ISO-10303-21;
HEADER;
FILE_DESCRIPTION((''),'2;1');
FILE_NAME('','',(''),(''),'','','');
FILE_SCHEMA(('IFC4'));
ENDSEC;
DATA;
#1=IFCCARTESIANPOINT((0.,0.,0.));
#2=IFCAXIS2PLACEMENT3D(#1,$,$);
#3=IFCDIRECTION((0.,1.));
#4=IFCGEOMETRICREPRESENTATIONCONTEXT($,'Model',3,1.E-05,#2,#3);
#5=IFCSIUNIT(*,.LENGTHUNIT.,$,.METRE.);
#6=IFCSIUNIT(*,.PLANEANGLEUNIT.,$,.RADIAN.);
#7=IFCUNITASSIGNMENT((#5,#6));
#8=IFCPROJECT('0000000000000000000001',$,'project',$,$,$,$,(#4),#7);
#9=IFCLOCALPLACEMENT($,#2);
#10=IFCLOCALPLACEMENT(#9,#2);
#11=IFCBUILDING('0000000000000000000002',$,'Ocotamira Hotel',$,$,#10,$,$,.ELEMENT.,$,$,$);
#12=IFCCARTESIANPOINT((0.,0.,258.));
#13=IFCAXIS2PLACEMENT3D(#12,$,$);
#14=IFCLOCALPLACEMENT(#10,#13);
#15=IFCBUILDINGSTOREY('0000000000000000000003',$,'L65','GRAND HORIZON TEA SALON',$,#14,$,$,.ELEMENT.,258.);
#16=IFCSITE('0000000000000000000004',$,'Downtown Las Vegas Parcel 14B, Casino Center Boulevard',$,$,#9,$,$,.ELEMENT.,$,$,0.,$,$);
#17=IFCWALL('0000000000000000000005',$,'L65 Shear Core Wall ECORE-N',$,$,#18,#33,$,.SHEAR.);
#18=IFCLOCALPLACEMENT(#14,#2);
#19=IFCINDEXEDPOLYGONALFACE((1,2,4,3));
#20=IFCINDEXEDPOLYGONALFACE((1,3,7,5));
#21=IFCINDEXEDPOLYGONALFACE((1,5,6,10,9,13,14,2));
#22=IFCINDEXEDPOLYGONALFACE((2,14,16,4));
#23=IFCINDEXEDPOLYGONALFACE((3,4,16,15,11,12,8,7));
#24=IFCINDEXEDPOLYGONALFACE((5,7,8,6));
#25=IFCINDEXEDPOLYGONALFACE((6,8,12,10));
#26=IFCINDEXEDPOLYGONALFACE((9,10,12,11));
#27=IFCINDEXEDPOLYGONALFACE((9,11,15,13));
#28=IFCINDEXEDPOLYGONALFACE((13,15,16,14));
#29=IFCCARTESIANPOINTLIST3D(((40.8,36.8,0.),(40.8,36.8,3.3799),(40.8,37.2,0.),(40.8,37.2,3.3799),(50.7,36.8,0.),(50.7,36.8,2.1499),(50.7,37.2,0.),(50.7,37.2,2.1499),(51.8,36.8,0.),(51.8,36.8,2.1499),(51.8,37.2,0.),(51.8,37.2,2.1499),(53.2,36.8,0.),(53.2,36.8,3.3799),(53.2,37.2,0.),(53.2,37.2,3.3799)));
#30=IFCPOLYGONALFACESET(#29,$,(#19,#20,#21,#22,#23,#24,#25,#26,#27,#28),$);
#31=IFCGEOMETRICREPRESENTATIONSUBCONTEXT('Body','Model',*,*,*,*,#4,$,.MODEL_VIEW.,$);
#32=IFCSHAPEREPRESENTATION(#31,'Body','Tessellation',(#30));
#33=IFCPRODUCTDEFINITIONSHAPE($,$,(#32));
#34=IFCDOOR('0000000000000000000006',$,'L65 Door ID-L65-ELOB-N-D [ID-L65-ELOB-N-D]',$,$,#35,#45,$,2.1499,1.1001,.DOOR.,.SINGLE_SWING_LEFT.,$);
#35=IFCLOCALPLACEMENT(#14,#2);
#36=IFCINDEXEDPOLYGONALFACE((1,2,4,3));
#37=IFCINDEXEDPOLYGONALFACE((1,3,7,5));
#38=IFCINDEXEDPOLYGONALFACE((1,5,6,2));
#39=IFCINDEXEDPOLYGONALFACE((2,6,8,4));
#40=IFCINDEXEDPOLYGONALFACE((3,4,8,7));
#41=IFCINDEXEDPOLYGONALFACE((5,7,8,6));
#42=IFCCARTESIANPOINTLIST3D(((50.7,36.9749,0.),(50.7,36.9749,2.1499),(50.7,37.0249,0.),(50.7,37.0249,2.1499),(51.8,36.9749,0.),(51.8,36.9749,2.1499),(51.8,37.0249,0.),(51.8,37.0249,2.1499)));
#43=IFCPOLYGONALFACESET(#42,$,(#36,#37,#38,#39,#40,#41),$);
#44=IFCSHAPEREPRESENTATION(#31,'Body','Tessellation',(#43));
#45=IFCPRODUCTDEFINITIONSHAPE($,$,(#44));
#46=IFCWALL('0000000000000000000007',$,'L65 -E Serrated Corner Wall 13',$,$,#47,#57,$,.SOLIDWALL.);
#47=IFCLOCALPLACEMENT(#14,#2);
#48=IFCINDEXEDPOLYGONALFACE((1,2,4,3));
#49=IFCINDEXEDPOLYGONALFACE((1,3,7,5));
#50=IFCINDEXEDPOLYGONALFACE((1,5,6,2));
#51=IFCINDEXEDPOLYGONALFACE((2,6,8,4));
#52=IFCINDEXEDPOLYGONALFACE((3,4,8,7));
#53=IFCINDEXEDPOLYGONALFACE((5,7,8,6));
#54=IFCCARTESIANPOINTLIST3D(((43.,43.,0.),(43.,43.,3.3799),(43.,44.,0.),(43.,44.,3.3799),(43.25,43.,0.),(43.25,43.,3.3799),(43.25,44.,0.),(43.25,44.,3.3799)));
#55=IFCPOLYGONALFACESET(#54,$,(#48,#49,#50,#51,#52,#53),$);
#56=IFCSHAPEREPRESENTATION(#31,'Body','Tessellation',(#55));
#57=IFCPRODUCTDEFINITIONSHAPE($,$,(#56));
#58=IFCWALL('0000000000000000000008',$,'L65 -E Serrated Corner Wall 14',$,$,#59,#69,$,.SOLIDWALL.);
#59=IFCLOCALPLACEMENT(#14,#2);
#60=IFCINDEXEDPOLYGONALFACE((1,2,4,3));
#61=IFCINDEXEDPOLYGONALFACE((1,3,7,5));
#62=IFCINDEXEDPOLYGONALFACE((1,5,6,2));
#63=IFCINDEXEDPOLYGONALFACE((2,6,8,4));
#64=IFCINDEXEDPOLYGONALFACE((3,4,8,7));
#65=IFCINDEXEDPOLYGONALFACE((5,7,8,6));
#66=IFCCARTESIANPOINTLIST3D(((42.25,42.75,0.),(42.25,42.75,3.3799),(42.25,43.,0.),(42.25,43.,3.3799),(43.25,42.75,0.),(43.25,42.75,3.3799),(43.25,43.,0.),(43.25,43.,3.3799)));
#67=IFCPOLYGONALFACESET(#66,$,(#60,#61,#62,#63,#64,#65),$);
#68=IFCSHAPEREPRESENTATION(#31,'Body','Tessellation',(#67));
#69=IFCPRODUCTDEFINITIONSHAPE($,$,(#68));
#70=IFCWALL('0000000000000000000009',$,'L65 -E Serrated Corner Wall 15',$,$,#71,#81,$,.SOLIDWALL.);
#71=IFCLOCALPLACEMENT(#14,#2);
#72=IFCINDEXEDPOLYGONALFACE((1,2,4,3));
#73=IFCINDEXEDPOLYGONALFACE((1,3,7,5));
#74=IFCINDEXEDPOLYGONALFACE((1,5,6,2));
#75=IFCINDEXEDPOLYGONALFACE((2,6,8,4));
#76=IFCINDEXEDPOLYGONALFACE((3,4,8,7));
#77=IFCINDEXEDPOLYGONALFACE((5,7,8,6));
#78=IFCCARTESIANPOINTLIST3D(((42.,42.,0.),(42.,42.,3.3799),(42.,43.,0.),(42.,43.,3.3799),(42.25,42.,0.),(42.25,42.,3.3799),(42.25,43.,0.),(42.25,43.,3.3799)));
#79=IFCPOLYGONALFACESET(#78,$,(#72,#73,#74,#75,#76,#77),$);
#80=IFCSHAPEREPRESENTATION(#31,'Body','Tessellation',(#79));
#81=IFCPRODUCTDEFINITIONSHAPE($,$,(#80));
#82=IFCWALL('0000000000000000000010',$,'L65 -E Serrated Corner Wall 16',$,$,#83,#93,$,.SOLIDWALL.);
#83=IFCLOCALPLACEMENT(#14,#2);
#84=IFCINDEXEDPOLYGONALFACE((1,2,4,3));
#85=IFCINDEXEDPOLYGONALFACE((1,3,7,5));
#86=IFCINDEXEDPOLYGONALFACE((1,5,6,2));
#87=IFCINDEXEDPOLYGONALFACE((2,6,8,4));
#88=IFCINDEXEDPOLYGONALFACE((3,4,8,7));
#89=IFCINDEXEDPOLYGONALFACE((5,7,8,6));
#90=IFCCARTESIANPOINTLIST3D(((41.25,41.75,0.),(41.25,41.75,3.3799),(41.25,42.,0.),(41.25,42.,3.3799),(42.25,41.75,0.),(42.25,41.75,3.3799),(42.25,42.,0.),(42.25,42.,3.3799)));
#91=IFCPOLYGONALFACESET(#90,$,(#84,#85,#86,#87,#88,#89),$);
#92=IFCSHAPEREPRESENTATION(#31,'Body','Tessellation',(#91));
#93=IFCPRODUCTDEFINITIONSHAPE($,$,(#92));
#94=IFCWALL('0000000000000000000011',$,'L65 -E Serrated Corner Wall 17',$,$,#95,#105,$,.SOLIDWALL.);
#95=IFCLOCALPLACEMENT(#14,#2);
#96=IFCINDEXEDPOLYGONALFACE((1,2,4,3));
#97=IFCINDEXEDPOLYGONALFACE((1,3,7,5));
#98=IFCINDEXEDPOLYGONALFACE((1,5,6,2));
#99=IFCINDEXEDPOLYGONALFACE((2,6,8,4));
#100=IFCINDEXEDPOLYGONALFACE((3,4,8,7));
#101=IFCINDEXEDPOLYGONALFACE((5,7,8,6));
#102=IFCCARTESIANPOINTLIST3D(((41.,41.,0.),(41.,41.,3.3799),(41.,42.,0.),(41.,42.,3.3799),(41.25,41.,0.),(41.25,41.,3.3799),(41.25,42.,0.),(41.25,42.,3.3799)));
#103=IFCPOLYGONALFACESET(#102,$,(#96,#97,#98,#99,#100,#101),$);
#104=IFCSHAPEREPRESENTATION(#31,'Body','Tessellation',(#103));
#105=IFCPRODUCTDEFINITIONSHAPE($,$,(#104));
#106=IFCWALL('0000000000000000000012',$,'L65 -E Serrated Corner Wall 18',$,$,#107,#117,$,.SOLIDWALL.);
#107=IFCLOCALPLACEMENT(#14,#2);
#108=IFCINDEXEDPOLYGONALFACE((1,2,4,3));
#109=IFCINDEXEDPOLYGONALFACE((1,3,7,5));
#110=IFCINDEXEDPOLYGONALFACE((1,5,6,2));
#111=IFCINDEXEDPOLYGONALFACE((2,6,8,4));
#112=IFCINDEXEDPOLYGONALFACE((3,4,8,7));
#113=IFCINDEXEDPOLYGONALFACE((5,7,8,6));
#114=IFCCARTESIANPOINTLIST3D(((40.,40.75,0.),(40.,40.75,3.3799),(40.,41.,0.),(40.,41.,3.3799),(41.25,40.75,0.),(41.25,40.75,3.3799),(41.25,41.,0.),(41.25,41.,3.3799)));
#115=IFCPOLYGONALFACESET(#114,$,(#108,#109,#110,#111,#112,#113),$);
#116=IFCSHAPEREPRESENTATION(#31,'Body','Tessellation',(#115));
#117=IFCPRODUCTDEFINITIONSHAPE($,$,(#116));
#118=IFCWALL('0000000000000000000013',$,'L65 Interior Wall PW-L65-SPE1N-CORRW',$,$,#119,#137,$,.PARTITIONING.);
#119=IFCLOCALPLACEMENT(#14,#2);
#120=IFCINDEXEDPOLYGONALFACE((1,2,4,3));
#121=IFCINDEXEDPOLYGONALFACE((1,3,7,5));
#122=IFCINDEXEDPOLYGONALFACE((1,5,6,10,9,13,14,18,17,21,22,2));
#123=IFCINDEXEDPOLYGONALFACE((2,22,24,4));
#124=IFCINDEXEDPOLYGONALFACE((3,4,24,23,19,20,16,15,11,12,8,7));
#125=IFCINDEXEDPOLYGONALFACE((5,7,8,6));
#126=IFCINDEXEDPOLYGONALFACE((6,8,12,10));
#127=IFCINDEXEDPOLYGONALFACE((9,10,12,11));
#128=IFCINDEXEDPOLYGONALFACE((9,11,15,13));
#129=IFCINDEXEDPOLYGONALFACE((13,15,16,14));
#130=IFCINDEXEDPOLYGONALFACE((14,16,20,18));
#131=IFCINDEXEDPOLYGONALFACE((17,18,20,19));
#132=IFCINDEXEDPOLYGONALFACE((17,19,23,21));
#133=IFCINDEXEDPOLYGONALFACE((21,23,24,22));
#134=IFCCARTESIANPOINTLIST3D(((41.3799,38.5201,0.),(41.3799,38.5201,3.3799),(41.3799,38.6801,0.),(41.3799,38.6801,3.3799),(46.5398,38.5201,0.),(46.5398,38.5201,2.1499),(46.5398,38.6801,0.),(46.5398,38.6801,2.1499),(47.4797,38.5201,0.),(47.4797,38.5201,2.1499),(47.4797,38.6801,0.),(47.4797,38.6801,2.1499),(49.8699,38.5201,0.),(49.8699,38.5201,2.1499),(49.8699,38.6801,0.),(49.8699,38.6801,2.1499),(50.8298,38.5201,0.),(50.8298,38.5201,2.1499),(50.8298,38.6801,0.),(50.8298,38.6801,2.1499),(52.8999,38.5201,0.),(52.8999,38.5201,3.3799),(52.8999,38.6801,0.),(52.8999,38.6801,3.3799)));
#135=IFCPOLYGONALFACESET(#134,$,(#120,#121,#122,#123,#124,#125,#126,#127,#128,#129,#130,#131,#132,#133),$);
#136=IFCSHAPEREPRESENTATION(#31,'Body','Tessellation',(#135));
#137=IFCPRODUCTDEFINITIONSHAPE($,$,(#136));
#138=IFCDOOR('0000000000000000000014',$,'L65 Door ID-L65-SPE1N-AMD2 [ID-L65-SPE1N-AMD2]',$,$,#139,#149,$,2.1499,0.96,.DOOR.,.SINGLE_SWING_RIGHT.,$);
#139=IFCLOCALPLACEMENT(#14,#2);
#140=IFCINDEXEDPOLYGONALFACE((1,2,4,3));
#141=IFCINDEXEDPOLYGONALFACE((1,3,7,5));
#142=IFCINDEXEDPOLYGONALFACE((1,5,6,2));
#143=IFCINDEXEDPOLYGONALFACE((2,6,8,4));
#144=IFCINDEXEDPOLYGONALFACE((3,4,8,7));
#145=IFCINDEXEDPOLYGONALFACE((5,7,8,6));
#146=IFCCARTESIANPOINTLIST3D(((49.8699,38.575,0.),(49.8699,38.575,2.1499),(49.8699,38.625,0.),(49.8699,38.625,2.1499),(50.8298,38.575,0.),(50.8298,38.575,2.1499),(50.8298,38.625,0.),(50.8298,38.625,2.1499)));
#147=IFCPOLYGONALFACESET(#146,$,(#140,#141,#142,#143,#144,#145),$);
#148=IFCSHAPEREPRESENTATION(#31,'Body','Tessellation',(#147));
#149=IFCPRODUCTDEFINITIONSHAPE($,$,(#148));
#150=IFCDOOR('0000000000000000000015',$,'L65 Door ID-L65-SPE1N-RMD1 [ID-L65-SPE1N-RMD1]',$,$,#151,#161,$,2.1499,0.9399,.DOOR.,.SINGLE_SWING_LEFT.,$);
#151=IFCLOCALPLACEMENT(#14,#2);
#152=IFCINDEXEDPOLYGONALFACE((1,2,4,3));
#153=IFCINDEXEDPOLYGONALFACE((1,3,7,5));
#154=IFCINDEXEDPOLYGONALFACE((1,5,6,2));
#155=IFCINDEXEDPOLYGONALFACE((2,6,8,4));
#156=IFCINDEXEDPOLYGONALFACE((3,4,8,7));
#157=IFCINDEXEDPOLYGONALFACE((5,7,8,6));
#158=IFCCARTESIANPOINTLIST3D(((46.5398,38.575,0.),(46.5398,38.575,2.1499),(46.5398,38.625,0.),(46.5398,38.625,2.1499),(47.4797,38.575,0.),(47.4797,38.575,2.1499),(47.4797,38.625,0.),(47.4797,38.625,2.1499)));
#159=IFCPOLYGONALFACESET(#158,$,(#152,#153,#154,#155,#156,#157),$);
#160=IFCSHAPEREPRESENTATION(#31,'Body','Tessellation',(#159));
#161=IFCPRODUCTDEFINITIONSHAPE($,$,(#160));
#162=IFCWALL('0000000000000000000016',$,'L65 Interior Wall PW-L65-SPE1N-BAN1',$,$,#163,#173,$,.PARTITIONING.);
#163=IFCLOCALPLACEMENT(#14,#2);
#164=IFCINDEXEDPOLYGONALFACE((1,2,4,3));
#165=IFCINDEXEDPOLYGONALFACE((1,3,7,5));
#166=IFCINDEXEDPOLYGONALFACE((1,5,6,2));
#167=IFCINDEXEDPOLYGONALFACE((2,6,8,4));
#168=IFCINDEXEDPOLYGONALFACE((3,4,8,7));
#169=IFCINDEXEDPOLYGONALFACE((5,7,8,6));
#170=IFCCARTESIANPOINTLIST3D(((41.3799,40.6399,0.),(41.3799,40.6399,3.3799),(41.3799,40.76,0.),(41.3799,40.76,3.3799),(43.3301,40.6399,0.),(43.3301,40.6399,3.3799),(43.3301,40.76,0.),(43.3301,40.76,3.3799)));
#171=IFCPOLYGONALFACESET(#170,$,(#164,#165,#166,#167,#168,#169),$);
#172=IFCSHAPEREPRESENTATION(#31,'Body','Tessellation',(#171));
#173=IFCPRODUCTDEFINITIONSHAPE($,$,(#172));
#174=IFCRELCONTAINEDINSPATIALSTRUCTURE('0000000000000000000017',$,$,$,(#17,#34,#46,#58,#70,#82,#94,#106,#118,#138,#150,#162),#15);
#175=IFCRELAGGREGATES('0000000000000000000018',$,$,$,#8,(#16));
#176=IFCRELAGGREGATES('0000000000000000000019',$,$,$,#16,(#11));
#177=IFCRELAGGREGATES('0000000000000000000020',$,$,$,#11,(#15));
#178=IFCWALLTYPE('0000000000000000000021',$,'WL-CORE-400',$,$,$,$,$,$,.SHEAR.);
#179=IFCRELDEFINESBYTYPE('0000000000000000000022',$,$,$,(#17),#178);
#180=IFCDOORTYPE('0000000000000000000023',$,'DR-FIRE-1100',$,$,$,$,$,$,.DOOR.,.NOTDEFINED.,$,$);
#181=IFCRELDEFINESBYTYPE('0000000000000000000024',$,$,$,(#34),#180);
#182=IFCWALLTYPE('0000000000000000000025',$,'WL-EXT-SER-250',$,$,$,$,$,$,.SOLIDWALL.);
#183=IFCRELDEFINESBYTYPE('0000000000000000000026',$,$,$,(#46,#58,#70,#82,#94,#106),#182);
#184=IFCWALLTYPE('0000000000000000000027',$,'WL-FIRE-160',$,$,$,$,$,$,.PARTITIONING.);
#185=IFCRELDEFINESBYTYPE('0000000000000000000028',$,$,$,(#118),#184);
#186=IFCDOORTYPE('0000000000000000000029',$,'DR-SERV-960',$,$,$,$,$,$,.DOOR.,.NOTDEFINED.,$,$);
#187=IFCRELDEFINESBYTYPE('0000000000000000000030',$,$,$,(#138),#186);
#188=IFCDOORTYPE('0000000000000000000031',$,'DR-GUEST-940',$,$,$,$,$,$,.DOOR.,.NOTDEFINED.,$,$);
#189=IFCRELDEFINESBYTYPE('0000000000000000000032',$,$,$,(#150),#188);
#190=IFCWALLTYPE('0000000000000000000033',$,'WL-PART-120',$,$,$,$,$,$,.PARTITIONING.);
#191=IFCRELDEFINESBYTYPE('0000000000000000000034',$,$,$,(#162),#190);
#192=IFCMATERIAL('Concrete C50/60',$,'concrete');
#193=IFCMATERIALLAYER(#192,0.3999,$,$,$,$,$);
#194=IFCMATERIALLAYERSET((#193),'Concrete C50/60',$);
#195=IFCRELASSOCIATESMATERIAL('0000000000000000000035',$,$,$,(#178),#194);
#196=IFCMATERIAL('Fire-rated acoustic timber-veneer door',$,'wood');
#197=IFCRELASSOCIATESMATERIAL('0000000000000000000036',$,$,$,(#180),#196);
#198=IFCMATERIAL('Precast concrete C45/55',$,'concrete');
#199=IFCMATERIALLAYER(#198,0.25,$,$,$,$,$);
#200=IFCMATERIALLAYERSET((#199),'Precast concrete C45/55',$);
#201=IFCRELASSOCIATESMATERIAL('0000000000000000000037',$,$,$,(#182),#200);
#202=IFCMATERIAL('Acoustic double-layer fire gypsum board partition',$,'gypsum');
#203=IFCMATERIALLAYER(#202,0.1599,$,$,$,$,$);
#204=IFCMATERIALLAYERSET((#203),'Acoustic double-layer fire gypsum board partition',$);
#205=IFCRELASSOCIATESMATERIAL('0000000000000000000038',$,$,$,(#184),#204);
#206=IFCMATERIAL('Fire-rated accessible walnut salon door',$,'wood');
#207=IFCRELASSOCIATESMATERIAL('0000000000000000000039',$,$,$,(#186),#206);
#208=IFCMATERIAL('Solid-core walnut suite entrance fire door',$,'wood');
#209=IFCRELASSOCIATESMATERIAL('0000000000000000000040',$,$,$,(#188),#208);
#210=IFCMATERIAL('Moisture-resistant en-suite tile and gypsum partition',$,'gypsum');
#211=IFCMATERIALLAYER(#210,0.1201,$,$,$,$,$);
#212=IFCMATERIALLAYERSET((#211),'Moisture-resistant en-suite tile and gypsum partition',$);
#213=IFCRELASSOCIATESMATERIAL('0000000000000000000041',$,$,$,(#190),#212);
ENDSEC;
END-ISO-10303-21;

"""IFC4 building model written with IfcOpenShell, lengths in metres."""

from ifc_helpers import new_model, si_unit, direction, frame, frame_2d, origin, place, context, subcontext, project, spatial, rectangle, extrude, source, transform, mapped, material, layer, layer_set, type_object, element, fill, save


model = new_model("IFC4")

# Units and contexts
model_context = context("Model", 3, precision=1e-05, world=origin(), true_north=direction((0.0, 1.0)))
body_context = subcontext(model_context, "Body", "Model", "MODEL_VIEW")
ifc_project = project(units=[si_unit("LENGTHUNIT", "METRE"), si_unit("PLANEANGLEUNIT", "RADIAN")], contexts=[model_context])

# Site, building, storey
site_placement = place(None, origin())
site = spatial("IfcSite", under=ifc_project, at=site_placement, Name="Downtown Las Vegas Parcel 14B, Casino Center Boulevard", CompositionType="ELEMENT", RefElevation=0.0)
building_placement = place(site_placement, origin())
building = spatial("IfcBuilding", under=site, at=building_placement, Name="Ocotamira Hotel", CompositionType="ELEMENT")
storey_placement = place(building_placement, frame((0.0, 0.0, 258.0)))
storey = spatial("IfcBuildingStorey", under=building, at=storey_placement, Name="L65", Description="GRAND HORIZON TEA SALON", CompositionType="ELEMENT", Elevation=258.0)

# Shared definitions
ifc_material_1 = material(Name="Concrete C50/60", Category="concrete")

# Wall, opening, door
ifc_layer_1 = layer(ifc_material_1, 0.3999)
ifc_layer_set_1 = layer_set([ifc_layer_1], Name="Concrete C50/60")
wall_type_1 = type_object("IfcWallType", Name="WL-CORE-400", PredefinedType="SHEAR", material=ifc_layer_set_1)
wall_1_placement = place(storey_placement, frame((40.8, 37.0, 0.0), z_axis=(0.0, 0.0, 1.0), x_axis=(1.0, 0.0, 0.0)))
wall_1 = element("IfcWall", 1, at=wall_1_placement, inside=storey, type_object=wall_type_1, Name="L65 Shear Core Wall ECORE-N", PredefinedType="SHEAR", context=body_context, shape_type="SweptSolid", body=[
    extrude(rectangle(XDim=12.3999, YDim=0.3999, at=frame_2d((6.2, 0.0))), origin(), (0.0, 0.0, 1.0), 3.3799),
])
opening_1_placement = place(wall_1_placement, frame((9.8999, 0.0, 0.0)))
opening_1 = element("IfcOpeningElement", 2, at=opening_1_placement, cuts=wall_1, PredefinedType="OPENING", context=body_context, shape_type="SweptSolid", body=[
    extrude(rectangle(XDim=1.1001, YDim=2.1499, at=frame_2d((0.55, 1.075))), frame((0.0, 0.21, 0.0), z_axis=(0.0, -1.0, 0.0), x_axis=(1.0, 0.0, 0.0)), (0.0, 0.0, 1.0), 0.4199),
])
ifc_material_2 = material(Name="Fire-rated acoustic timber-veneer door", Category="wood")
door_type_1 = type_object("IfcDoorType", Name="DR-FIRE-1100", OperationType="NOTDEFINED", PredefinedType="DOOR", material=ifc_material_2)
shared_shape_1 = source(origin(), body_context, "Body", "SweptSolid", [
    extrude(rectangle(XDim=1.1001, YDim=2.1499, at=frame_2d((0.55, 1.075))), frame((0.0, 0.0249, 0.0), z_axis=(0.0, -1.0, 0.0), x_axis=(1.0, 0.0, 0.0)), (0.0, 0.0, 1.0), 0.05),
])
door_1_placement = place(opening_1_placement, origin())
door_1 = element("IfcDoor", 3, at=door_1_placement, inside=storey, type_object=door_type_1, Name="L65 Door ID-L65-ELOB-N-D [ID-L65-ELOB-N-D]", OperationType="SINGLE_SWING_LEFT", OverallHeight=2.1499, OverallWidth=1.1001, PredefinedType="DOOR", context=body_context, shape_type="MappedRepresentation", body=[
    mapped(shared_shape_1, transform((0.0, 0.0, 0.0), scale=1.0)),
])
fill(opening_1, door_1)

# Walls
ifc_material_3 = material(Name="Precast concrete C45/55", Category="concrete")
ifc_layer_2 = layer(ifc_material_3, 0.25)
ifc_layer_set_2 = layer_set([ifc_layer_2], Name="Precast concrete C45/55")
wall_type_2 = type_object("IfcWallType", Name="WL-EXT-SER-250", PredefinedType="SOLIDWALL", material=ifc_layer_set_2)
for number, where, z_axis, x_axis, name in (
    (4, (43.125, 44.0, 0.0), (0.0, 0.0, 1.0), (0.0, -1.0, 0.0), "L65 -E Serrated Corner Wall 13"),
    (5, (43.25, 42.875, 0.0), (0.0, 0.0, 1.0), (-1.0, 0.0, 0.0), "L65 -E Serrated Corner Wall 14"),
    (6, (42.125, 43.0, 0.0), (0.0, 0.0, 1.0), (0.0, -1.0, 0.0), "L65 -E Serrated Corner Wall 15"),
    (7, (42.25, 41.875, 0.0), (0.0, 0.0, 1.0), (-1.0, 0.0, 0.0), "L65 -E Serrated Corner Wall 16"),
    (8, (41.125, 42.0, 0.0), (0.0, 0.0, 1.0), (0.0, -1.0, 0.0), "L65 -E Serrated Corner Wall 17"),
):
    element("IfcWall", number, at=place(storey_placement, frame(where, z_axis=z_axis, x_axis=x_axis)), inside=storey, type_object=wall_type_2, Name=name, PredefinedType="SOLIDWALL", context=body_context, shape_type="SweptSolid", body=[
        extrude(rectangle(XDim=1.0, YDim=0.25, at=frame_2d((0.5, 0.0))), origin(), (0.0, 0.0, 1.0), 3.3799),
    ])
wall_2_placement = place(storey_placement, frame((41.25, 40.875, 0.0), z_axis=(0.0, 0.0, 1.0), x_axis=(-1.0, 0.0, 0.0)))
element("IfcWall", 9, at=wall_2_placement, inside=storey, type_object=wall_type_2, Name="L65 -E Serrated Corner Wall 18", PredefinedType="SOLIDWALL", context=body_context, shape_type="SweptSolid", body=[
    extrude(rectangle(XDim=1.25, YDim=0.25, at=frame_2d((0.625, 0.0))), origin(), (0.0, 0.0, 1.0), 3.3799),
])

# Wall, openings, doors
ifc_material_4 = material(Name="Acoustic double-layer fire gypsum board partition", Category="gypsum")
ifc_layer_3 = layer(ifc_material_4, 0.1599)
ifc_layer_set_3 = layer_set([ifc_layer_3], Name="Acoustic double-layer fire gypsum board partition")
wall_type_3 = type_object("IfcWallType", Name="WL-FIRE-160", PredefinedType="PARTITIONING", material=ifc_layer_set_3)
wall_3_placement = place(storey_placement, frame((41.3799, 38.6001, 0.0), z_axis=(0.0, 0.0, 1.0), x_axis=(1.0, 0.0, 0.0)))
wall_3 = element("IfcWall", 10, at=wall_3_placement, inside=storey, type_object=wall_type_3, Name="L65 Interior Wall PW-L65-SPE1N-CORRW", PredefinedType="PARTITIONING", context=body_context, shape_type="SweptSolid", body=[
    extrude(rectangle(XDim=11.52, YDim=0.1599, at=frame_2d((5.76, 0.0))), origin(), (0.0, 0.0, 1.0), 3.3799),
])
opening_2_placement = place(wall_3_placement, frame((5.1599, 0.0, 0.0)))
opening_2 = element("IfcOpeningElement", 11, at=opening_2_placement, cuts=wall_3, PredefinedType="OPENING", context=body_context, shape_type="SweptSolid", body=[
    extrude(rectangle(XDim=0.9399, YDim=2.1499, at=frame_2d((0.47, 1.075))), frame((0.0, 0.0898, 0.0), z_axis=(0.0, -1.0, 0.0), x_axis=(1.0, 0.0, 0.0)), (0.0, 0.0, 1.0), 0.1799),
])
opening_3_placement = place(wall_3_placement, frame((8.49, 0.0, 0.0)))
opening_3 = element("IfcOpeningElement", 12, at=opening_3_placement, cuts=wall_3, PredefinedType="OPENING", context=body_context, shape_type="SweptSolid", body=[
    extrude(rectangle(XDim=0.96, YDim=2.1499, at=frame_2d((0.48, 1.075))), frame((0.0, 0.0898, 0.0), z_axis=(0.0, -1.0, 0.0), x_axis=(1.0, 0.0, 0.0)), (0.0, 0.0, 1.0), 0.1799),
])
ifc_material_5 = material(Name="Fire-rated accessible walnut salon door", Category="wood")
door_type_2 = type_object("IfcDoorType", Name="DR-SERV-960", OperationType="NOTDEFINED", PredefinedType="DOOR", material=ifc_material_5)
shared_shape_2 = source(origin(), body_context, "Body", "SweptSolid", [
    extrude(rectangle(XDim=0.96, YDim=2.1499, at=frame_2d((0.48, 1.075))), frame((0.0, 0.0249, 0.0), z_axis=(0.0, -1.0, 0.0), x_axis=(1.0, 0.0, 0.0)), (0.0, 0.0, 1.0), 0.05),
])
door_2_placement = place(opening_3_placement, origin())
door_2 = element("IfcDoor", 13, at=door_2_placement, inside=storey, type_object=door_type_2, Name="L65 Door ID-L65-SPE1N-AMD2 [ID-L65-SPE1N-AMD2]", OperationType="SINGLE_SWING_RIGHT", OverallHeight=2.1499, OverallWidth=0.96, PredefinedType="DOOR", context=body_context, shape_type="MappedRepresentation", body=[
    mapped(shared_shape_2, transform((0.0, 0.0, 0.0), scale=1.0)),
])
fill(opening_3, door_2)
ifc_material_6 = material(Name="Solid-core walnut suite entrance fire door", Category="wood")
door_type_3 = type_object("IfcDoorType", Name="DR-GUEST-940", OperationType="NOTDEFINED", PredefinedType="DOOR", material=ifc_material_6)
shared_shape_3 = source(origin(), body_context, "Body", "SweptSolid", [
    extrude(rectangle(XDim=0.9399, YDim=2.1499, at=frame_2d((0.47, 1.075))), frame((0.0, 0.0249, 0.0), z_axis=(0.0, -1.0, 0.0), x_axis=(1.0, 0.0, 0.0)), (0.0, 0.0, 1.0), 0.05),
])
door_3_placement = place(opening_2_placement, origin())
door_3 = element("IfcDoor", 14, at=door_3_placement, inside=storey, type_object=door_type_3, Name="L65 Door ID-L65-SPE1N-RMD1 [ID-L65-SPE1N-RMD1]", OperationType="SINGLE_SWING_LEFT", OverallHeight=2.1499, OverallWidth=0.9399, PredefinedType="DOOR", context=body_context, shape_type="MappedRepresentation", body=[
    mapped(shared_shape_3, transform((0.0, 0.0, 0.0), scale=1.0)),
])
fill(opening_2, door_3)

# Wall
ifc_material_7 = material(Name="Moisture-resistant en-suite tile and gypsum partition", Category="gypsum")
ifc_layer_4 = layer(ifc_material_7, 0.1201)
ifc_layer_set_4 = layer_set([ifc_layer_4], Name="Moisture-resistant en-suite tile and gypsum partition")
wall_type_4 = type_object("IfcWallType", Name="WL-PART-120", PredefinedType="PARTITIONING", material=ifc_layer_set_4)
wall_4_placement = place(storey_placement, frame((41.3799, 40.7, 0.0), z_axis=(0.0, 0.0, 1.0), x_axis=(1.0, 0.0, 0.0)))
element("IfcWall", 15, at=wall_4_placement, inside=storey, type_object=wall_type_4, Name="L65 Interior Wall PW-L65-SPE1N-BAN1", PredefinedType="PARTITIONING", context=body_context, shape_type="SweptSolid", body=[
    extrude(rectangle(XDim=1.9502, YDim=0.1201, at=frame_2d((0.9751, 0.0))), origin(), (0.0, 0.0, 1.0), 3.3799),
])

save(model, "model.ifc")
